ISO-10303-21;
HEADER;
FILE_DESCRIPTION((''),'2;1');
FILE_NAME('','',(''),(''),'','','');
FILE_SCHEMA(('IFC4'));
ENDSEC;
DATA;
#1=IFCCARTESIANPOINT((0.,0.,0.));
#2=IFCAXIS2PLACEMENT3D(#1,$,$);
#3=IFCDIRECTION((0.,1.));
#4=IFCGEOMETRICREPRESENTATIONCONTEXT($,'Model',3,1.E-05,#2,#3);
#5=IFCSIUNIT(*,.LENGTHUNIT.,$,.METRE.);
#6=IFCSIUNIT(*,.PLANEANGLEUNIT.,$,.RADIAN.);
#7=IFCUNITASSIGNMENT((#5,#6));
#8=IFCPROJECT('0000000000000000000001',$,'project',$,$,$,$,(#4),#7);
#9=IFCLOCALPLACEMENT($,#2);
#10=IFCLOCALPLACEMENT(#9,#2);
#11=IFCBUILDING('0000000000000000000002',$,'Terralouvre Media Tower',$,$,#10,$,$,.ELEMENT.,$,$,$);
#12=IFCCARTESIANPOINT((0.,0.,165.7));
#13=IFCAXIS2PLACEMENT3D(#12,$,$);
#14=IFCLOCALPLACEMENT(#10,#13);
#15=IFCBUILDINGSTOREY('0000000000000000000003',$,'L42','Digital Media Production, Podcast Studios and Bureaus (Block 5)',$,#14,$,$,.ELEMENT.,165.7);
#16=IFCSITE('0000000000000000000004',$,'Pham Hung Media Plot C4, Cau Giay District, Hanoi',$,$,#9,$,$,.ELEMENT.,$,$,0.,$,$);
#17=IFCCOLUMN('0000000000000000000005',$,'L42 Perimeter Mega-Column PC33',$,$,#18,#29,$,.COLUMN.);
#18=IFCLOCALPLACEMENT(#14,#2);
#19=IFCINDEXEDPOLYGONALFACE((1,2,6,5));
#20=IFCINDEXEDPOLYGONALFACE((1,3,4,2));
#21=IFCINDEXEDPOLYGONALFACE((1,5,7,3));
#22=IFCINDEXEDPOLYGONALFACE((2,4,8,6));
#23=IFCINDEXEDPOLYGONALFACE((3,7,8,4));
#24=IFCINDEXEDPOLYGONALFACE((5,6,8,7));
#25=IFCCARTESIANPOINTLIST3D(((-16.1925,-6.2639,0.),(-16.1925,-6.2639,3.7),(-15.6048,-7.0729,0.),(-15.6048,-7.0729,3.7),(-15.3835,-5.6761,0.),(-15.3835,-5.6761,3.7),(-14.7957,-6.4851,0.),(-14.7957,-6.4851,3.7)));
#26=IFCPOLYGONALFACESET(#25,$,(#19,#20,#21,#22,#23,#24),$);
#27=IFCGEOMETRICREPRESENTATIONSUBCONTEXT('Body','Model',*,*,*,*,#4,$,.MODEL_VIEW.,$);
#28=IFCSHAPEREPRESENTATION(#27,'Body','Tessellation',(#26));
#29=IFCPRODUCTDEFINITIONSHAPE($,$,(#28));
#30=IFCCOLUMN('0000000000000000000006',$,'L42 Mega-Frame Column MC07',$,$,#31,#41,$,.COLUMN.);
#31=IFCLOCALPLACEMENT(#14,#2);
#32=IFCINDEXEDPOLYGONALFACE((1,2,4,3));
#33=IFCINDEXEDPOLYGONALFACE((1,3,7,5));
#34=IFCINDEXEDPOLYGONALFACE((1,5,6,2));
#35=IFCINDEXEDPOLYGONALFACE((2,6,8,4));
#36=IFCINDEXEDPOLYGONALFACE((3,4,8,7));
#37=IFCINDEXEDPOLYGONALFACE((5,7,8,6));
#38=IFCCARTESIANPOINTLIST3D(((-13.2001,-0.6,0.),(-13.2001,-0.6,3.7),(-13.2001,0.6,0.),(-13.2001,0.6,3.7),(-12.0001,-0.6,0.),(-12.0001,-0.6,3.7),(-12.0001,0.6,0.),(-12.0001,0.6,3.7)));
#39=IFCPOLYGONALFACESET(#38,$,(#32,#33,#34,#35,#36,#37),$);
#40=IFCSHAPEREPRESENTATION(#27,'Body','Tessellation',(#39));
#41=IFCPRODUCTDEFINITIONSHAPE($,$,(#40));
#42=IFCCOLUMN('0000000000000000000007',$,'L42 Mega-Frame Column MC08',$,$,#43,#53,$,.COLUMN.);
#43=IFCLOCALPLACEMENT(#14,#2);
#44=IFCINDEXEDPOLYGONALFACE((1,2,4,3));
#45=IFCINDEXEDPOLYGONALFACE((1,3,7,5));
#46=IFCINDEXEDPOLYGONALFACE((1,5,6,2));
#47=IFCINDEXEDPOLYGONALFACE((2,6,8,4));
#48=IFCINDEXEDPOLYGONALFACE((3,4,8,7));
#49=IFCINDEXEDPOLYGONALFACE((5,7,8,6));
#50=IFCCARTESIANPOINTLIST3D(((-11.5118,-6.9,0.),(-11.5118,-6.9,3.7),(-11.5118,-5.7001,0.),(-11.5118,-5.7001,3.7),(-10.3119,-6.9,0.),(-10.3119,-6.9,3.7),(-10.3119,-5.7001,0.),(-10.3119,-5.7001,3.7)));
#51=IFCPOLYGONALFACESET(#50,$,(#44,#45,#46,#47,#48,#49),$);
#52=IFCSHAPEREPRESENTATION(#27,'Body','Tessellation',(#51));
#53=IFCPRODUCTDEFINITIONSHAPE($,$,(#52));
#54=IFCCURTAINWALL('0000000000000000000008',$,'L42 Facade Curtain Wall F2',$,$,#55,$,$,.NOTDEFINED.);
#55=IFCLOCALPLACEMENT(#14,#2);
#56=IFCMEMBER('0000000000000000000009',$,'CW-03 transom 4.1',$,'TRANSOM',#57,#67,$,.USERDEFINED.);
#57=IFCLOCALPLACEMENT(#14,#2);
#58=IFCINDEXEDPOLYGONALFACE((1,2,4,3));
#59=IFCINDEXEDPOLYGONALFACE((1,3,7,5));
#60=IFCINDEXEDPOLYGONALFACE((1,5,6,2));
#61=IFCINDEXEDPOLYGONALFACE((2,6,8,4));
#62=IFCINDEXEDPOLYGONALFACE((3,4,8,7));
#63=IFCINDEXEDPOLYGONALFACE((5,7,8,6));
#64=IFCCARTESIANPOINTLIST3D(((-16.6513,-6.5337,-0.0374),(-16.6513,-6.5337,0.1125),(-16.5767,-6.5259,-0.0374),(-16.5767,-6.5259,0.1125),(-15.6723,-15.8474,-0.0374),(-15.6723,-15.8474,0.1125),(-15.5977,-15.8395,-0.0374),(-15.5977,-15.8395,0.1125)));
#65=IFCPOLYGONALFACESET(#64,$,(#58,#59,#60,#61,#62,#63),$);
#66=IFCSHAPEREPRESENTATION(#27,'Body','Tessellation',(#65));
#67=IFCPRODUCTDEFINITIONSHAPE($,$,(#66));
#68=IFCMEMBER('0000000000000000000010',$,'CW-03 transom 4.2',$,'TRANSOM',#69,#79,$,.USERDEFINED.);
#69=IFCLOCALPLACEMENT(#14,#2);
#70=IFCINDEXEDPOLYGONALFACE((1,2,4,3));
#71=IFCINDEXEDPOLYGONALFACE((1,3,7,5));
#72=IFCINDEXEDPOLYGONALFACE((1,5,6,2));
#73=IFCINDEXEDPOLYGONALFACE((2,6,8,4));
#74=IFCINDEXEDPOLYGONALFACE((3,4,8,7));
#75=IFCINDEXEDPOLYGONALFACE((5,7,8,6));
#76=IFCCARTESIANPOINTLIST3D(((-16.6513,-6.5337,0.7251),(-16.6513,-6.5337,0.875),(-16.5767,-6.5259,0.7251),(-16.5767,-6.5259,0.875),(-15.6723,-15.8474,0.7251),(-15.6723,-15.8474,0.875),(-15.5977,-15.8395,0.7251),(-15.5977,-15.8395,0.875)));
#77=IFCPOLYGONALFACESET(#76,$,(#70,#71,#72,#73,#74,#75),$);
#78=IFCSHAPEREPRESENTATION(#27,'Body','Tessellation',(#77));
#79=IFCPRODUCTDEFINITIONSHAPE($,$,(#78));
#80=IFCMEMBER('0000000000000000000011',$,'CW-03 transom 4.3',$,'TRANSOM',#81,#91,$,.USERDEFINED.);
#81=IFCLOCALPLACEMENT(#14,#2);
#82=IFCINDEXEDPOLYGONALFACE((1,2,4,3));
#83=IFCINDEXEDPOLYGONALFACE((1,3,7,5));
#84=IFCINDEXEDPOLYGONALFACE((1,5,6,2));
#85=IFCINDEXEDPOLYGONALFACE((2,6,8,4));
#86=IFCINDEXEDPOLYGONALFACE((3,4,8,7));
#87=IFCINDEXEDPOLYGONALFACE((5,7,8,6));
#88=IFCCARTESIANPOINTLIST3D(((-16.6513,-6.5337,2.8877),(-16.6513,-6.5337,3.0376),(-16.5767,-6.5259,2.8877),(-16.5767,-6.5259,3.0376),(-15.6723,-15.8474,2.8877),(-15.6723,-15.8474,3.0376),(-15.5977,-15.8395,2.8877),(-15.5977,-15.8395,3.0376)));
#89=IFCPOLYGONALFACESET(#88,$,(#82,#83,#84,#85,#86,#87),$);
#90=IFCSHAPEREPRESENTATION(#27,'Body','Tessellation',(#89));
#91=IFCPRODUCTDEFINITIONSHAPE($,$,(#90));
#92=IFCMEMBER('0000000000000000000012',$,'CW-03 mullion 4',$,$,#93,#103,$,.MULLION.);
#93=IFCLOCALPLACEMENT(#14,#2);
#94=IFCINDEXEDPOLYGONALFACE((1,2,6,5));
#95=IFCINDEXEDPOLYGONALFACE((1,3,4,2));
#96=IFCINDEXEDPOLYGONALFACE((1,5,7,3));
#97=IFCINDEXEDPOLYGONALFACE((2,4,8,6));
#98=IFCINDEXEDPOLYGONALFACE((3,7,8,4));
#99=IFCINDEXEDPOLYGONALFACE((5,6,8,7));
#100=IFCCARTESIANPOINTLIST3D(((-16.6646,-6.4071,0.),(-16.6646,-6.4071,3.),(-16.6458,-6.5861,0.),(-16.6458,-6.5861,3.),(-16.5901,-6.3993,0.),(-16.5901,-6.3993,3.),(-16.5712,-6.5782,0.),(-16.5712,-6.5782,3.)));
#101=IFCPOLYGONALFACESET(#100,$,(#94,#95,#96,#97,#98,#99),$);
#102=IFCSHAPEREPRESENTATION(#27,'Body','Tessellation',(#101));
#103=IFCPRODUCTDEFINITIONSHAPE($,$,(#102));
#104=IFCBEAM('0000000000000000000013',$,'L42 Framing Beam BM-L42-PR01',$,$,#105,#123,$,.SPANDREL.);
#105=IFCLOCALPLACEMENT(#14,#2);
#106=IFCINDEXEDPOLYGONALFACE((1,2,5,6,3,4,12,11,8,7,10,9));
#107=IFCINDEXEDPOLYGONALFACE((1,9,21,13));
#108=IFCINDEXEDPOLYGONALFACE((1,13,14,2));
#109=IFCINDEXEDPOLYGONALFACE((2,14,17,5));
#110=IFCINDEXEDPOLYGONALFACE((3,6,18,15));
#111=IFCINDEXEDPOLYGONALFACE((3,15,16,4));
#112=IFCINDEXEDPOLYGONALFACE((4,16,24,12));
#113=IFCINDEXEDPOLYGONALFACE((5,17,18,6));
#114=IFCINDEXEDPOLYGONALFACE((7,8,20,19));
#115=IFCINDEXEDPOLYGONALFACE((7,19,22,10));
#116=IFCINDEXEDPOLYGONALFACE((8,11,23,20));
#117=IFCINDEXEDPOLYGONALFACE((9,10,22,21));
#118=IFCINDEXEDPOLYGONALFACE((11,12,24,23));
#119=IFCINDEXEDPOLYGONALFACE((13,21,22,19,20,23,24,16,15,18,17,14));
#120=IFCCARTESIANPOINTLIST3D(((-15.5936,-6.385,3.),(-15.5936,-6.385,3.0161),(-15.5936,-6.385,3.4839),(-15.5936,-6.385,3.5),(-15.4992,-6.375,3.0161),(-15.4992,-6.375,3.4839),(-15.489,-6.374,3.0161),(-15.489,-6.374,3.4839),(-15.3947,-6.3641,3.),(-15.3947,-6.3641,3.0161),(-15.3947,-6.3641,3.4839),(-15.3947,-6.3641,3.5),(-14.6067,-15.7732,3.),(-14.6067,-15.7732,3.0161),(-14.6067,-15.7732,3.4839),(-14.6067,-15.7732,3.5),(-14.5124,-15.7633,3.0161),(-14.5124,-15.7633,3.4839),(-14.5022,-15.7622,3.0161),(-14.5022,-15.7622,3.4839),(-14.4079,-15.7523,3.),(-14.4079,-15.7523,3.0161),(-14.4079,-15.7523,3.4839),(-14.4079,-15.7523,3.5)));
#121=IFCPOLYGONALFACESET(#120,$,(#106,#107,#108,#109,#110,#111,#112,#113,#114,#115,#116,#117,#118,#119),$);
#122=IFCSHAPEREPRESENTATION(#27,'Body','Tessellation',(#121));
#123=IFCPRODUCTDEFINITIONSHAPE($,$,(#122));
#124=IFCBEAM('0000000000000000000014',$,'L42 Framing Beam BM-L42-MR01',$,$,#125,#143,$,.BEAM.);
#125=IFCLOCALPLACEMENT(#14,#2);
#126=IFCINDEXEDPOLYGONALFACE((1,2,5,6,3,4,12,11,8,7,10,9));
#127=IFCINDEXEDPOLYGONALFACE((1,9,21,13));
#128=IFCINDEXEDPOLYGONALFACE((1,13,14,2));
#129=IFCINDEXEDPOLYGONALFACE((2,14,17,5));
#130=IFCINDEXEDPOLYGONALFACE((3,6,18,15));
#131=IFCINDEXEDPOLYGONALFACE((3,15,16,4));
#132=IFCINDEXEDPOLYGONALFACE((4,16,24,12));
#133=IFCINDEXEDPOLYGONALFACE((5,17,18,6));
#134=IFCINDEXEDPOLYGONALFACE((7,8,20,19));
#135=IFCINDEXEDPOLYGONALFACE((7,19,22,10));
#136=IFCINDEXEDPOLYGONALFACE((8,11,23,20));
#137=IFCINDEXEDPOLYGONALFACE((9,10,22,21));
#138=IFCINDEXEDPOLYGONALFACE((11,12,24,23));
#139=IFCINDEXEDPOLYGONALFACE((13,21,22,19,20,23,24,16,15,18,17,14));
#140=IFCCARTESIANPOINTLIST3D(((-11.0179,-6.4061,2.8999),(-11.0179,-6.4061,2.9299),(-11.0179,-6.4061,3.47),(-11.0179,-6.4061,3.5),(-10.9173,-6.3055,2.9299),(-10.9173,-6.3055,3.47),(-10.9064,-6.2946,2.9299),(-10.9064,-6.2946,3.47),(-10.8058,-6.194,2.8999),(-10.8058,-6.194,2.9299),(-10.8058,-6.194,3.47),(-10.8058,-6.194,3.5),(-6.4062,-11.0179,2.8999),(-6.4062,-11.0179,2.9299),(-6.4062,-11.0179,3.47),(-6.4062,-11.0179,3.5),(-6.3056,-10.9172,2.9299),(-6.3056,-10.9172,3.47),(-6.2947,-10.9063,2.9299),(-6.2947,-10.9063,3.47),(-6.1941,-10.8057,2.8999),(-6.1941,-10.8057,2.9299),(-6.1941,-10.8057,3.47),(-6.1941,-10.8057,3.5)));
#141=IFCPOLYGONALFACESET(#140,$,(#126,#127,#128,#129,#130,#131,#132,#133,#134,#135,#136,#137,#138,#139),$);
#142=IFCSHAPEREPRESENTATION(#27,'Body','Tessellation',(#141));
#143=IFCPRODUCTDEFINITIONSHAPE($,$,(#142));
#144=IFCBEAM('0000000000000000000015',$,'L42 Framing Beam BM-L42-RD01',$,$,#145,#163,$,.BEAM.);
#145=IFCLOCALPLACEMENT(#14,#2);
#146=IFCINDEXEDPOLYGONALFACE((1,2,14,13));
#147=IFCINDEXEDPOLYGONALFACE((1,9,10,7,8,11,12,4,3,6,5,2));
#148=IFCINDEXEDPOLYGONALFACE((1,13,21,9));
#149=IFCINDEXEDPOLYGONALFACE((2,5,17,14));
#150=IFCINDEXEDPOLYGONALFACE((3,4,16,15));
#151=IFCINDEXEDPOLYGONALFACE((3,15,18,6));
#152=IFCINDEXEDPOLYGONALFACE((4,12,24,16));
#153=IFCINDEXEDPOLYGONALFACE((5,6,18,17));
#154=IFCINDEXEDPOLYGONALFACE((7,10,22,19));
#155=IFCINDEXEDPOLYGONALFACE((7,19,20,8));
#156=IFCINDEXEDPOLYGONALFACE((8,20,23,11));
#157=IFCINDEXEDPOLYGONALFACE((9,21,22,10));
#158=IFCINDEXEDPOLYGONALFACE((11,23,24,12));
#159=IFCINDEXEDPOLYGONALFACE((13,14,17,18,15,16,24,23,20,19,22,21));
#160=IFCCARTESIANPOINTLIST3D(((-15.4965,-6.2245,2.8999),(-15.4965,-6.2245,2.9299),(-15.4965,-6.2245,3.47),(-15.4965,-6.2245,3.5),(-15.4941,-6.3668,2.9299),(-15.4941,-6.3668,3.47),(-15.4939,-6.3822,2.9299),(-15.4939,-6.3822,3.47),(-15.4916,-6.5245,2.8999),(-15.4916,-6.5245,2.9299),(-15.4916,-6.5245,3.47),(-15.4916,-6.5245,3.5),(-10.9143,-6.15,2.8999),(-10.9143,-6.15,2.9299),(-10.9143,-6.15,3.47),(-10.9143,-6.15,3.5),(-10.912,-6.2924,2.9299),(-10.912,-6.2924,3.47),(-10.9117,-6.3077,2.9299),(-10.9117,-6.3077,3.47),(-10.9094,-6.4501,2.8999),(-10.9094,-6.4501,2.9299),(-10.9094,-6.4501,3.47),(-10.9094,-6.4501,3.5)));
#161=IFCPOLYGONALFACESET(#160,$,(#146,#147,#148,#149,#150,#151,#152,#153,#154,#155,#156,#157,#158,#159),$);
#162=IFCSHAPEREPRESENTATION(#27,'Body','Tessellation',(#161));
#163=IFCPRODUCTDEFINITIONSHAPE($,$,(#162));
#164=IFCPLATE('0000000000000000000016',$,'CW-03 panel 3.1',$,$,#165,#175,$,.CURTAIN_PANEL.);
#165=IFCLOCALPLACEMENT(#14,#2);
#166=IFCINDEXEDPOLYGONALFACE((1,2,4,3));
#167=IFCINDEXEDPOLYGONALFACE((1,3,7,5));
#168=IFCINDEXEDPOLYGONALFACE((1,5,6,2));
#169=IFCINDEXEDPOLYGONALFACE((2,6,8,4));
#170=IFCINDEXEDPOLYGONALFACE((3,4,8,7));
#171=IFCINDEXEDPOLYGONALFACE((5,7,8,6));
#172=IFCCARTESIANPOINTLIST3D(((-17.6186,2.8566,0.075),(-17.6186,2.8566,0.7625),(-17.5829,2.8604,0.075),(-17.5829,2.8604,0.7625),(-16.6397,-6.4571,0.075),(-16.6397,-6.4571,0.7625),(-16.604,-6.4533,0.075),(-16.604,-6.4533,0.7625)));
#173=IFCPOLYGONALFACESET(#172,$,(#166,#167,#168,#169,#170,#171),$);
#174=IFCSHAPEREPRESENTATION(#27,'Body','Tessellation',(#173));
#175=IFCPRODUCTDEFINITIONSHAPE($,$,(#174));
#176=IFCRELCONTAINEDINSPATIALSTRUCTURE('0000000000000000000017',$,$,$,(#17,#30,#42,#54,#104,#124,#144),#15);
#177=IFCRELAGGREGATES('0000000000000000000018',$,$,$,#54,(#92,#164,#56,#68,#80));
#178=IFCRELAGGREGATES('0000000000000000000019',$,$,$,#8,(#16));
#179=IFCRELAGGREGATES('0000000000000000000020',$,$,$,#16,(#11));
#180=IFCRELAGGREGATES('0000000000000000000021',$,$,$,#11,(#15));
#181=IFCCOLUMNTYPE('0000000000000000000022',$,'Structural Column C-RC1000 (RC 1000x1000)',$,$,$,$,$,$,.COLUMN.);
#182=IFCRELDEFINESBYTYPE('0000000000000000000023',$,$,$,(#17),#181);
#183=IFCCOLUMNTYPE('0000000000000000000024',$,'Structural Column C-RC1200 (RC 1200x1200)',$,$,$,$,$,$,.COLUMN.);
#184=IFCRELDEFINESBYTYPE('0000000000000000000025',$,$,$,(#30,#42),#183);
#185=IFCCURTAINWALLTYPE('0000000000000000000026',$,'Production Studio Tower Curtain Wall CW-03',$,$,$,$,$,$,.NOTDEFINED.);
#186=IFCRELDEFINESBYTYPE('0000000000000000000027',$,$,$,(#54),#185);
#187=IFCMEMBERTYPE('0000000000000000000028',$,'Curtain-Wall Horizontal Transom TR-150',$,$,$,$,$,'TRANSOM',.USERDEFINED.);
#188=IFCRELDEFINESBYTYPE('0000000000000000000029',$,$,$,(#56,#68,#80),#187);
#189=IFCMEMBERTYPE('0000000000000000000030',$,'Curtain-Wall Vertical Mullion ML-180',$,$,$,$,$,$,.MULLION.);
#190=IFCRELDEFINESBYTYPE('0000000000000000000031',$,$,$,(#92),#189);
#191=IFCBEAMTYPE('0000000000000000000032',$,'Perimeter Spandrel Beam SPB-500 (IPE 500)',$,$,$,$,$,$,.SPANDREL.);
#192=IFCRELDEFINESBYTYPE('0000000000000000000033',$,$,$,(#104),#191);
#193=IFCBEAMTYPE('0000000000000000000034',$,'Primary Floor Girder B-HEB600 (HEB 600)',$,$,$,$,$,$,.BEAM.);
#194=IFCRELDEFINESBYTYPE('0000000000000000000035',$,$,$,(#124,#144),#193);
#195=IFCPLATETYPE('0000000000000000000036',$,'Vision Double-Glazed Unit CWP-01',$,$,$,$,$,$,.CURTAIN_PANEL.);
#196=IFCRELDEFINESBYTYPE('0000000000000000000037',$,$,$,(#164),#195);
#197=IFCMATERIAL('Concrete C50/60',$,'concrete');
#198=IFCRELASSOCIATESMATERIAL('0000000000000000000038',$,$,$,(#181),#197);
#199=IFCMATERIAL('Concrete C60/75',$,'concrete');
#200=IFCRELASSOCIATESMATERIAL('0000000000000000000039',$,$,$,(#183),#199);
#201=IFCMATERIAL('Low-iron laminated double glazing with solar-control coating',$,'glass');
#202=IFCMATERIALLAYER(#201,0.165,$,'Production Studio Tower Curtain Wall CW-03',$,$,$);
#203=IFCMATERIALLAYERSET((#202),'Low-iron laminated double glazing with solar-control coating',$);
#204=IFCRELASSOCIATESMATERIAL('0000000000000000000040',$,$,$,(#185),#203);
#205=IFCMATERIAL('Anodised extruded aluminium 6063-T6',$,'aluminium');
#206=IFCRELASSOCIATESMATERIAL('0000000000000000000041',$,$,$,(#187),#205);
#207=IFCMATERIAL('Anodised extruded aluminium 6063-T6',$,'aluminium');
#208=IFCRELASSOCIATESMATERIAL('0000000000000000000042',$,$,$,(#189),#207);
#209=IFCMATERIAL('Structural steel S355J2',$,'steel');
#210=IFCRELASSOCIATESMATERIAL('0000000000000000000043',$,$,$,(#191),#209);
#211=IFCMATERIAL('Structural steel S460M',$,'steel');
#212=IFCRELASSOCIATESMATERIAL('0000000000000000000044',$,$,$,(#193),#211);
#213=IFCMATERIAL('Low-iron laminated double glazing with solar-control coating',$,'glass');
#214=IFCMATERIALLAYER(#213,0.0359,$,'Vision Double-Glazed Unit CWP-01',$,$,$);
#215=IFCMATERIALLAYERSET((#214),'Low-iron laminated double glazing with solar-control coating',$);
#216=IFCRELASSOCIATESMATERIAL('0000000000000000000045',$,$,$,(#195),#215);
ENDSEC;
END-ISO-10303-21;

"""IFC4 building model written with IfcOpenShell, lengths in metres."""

from ifc_helpers import new_model, si_unit, direction, frame, origin, origin_2d, place, context, subcontext, project, spatial, rectangle, i_section, extrude, material, layer, layer_set, material_profile, profile_set, type_object, element, aggregate, save


model = new_model("IFC4")

# Units and contexts
model_context = context("Model", 3, precision=1e-05, world=origin(), true_north=direction((0.0, 1.0)))
body_context = subcontext(model_context, "Body", "Model", "MODEL_VIEW")
ifc_project = project(units=[si_unit("LENGTHUNIT", "METRE"), si_unit("PLANEANGLEUNIT", "RADIAN")], contexts=[model_context])

# Site, building, storey
site_placement = place(None, origin())
site = spatial("IfcSite", under=ifc_project, at=site_placement, Name="Pham Hung Media Plot C4, Cau Giay District, Hanoi", CompositionType="ELEMENT", RefElevation=0.0)
building_placement = place(site_placement, origin())
building = spatial("IfcBuilding", under=site, at=building_placement, Name="Terralouvre Media Tower", CompositionType="ELEMENT")
storey_placement = place(building_placement, frame((0.0, 0.0, 165.7)))
storey = spatial("IfcBuildingStorey", under=building, at=storey_placement, Name="L42", Description="Digital Media Production, Podcast Studios and Bureaus (Block 5)", CompositionType="ELEMENT", Elevation=165.7)

# Columns
ifc_material_1 = material(Name="Concrete C50/60", Category="concrete")
ifc_material_profile_1 = material_profile(ifc_material_1, rectangle(XDim=1.0, YDim=1.0, at=origin_2d()), Name="RC 1000x1000")
ifc_profile_set_1 = profile_set([ifc_material_profile_1], Name="Concrete C50/60")
column_type_1 = type_object("IfcColumnType", Name="Structural Column C-RC1000 (RC 1000x1000)", PredefinedType="COLUMN", material=ifc_profile_set_1)
column_placement = place(storey_placement, frame((-15.4941, -6.3745, 0.0), z_axis=(0.0, 0.0, 1.0), x_axis=(0.809017, 0.587785, 0.0)))
element("IfcColumn", 1, at=column_placement, inside=storey, type_object=column_type_1, Name="L42 Perimeter Mega-Column PC33", PredefinedType="COLUMN", context=body_context, shape_type="SweptSolid", body=[
    extrude(rectangle(XDim=1.0, YDim=1.0, at=origin_2d()), origin(), (0.0, 0.0, 1.0), 3.7),
])
ifc_material_2 = material(Name="Concrete C60/75", Category="concrete")
ifc_material_profile_2 = material_profile(ifc_material_2, rectangle(XDim=1.2, YDim=1.2, at=origin_2d()), Name="RC 1200x1200")
ifc_profile_set_2 = profile_set([ifc_material_profile_2], Name="Concrete C60/75")
column_type_2 = type_object("IfcColumnType", Name="Structural Column C-RC1200 (RC 1200x1200)", PredefinedType="COLUMN", material=ifc_profile_set_2)
for number, where, z_axis, x_axis, name in (
    (2, (-12.6001, 0.0, 0.0), (0.0, 0.0, 1.0), (1.0, 0.0, 0.0), "L42 Mega-Frame Column MC07"),
    (3, (-10.9119, -6.3, 0.0), (0.0, 0.0, 1.0), (1.0, 0.0, 0.0), "L42 Mega-Frame Column MC08"),
):
    element("IfcColumn", number, at=place(storey_placement, frame(where, z_axis=z_axis, x_axis=x_axis)), inside=storey, type_object=column_type_2, Name=name, PredefinedType="COLUMN", context=body_context, shape_type="SweptSolid", body=[
        extrude(rectangle(XDim=1.2, YDim=1.2, at=origin_2d()), origin(), (0.0, 0.0, 1.0), 3.7),
    ])

# Curtain wall, members
ifc_material_3 = material(Name="Low-iron laminated double glazing with solar-control coating", Category="glass")
ifc_layer_1 = layer(ifc_material_3, 0.165, Name="Production Studio Tower Curtain Wall CW-03")
ifc_layer_set_1 = layer_set([ifc_layer_1], Name="Low-iron laminated double glazing with solar-control coating")
curtain_wall_type = type_object("IfcCurtainWallType", Name="Production Studio Tower Curtain Wall CW-03", PredefinedType="NOTDEFINED", material=ifc_layer_set_1)
curtain_wall_placement = place(storey_placement, origin())
curtain_wall = element("IfcCurtainWall", 4, at=curtain_wall_placement, inside=storey, type_object=curtain_wall_type, Name="L42 Facade Curtain Wall F2", PredefinedType="NOTDEFINED")
ifc_material_4 = material(Name="Anodised extruded aluminium 6063-T6", Category="aluminium")
ifc_material_profile_3 = material_profile(ifc_material_4, rectangle(XDim=0.075, YDim=0.1499, at=origin_2d()), Name="ALU 75x150")
ifc_profile_set_3 = profile_set([ifc_material_profile_3], Name="Anodised extruded aluminium 6063-T6")
member_type_1 = type_object("IfcMemberType", Name="Curtain-Wall Horizontal Transom TR-150", ElementType="TRANSOM", PredefinedType="USERDEFINED", material=ifc_profile_set_3)
member_1_placement = place(storey_placement, frame((-16.614, -6.5298, 0.0376), z_axis=(0.104538, -0.994521, 0.0), x_axis=(0.994521, 0.104538, 0.0)))
member_1 = element("IfcMember", 5, at=member_1_placement, type_object=member_type_1, Name="CW-03 transom 4.1", ObjectType="TRANSOM", PredefinedType="USERDEFINED", context=body_context, shape_type="SweptSolid", body=[
    extrude(rectangle(XDim=0.075, YDim=0.1499, at=origin_2d()), origin(), (0.0, 0.0, 1.0), 9.365),
])
member_2_placement = place(storey_placement, frame((-16.614, -6.5298, 0.8), z_axis=(0.104538, -0.994521, 0.0), x_axis=(0.994521, 0.104538, 0.0)))
member_2 = element("IfcMember", 6, at=member_2_placement, type_object=member_type_1, Name="CW-03 transom 4.2", ObjectType="TRANSOM", PredefinedType="USERDEFINED", context=body_context, shape_type="SweptSolid", body=[
    extrude(rectangle(XDim=0.075, YDim=0.1499, at=origin_2d()), origin(), (0.0, 0.0, 1.0), 9.365),
])
member_3_placement = place(storey_placement, frame((-16.614, -6.5298, 2.9626), z_axis=(0.104538, -0.994521, 0.0), x_axis=(0.994521, 0.104538, 0.0)))
member_3 = element("IfcMember", 7, at=member_3_placement, type_object=member_type_1, Name="CW-03 transom 4.3", ObjectType="TRANSOM", PredefinedType="USERDEFINED", context=body_context, shape_type="SweptSolid", body=[
    extrude(rectangle(XDim=0.075, YDim=0.1499, at=origin_2d()), origin(), (0.0, 0.0, 1.0), 9.365),
])
ifc_material_5 = material(Name="Anodised extruded aluminium 6063-T6", Category="aluminium")
ifc_material_profile_4 = material_profile(ifc_material_5, rectangle(XDim=0.075, YDim=0.1799, at=origin_2d()), Name="ALU 75x180")
ifc_profile_set_4 = profile_set([ifc_material_profile_4], Name="Anodised extruded aluminium 6063-T6")
member_type_2 = type_object("IfcMemberType", Name="Curtain-Wall Vertical Mullion ML-180", PredefinedType="MULLION", material=ifc_profile_set_4)
member_4_placement = place(storey_placement, frame((-16.6179, -6.4927, 0.0), z_axis=(0.0, 0.0, 1.0), x_axis=(0.994522, 0.104528, 0.0)))
member_4 = element("IfcMember", 8, at=member_4_placement, type_object=member_type_2, Name="CW-03 mullion 4", PredefinedType="MULLION", context=body_context, shape_type="SweptSolid", body=[
    extrude(rectangle(XDim=0.075, YDim=0.1799, at=origin_2d()), origin(), (0.0, 0.0, 1.0), 3.0),
])

# Beams
ifc_material_6 = material(Name="Structural steel S355J2", Category="steel")
ifc_material_profile_5 = material_profile(ifc_material_6, i_section(OverallWidth=0.2, OverallDepth=0.5, WebThickness=0.0103, FlangeThickness=0.0161, at=origin_2d()), Name="IPE 500")
ifc_profile_set_5 = profile_set([ifc_material_profile_5], Name="Structural steel S355J2")
beam_type_1 = type_object("IfcBeamType", Name="Perimeter Spandrel Beam SPB-500 (IPE 500)", PredefinedType="SPANDREL", material=ifc_profile_set_5)
beam_1_placement = place(storey_placement, frame((-15.4941, -6.3745, 3.25), z_axis=(0.104537, -0.994521, 0.0), x_axis=(0.994521, 0.104537, 0.0)))
element("IfcBeam", 9, at=beam_1_placement, inside=storey, type_object=beam_type_1, Name="L42 Framing Beam BM-L42-PR01", PredefinedType="SPANDREL", context=body_context, shape_type="SweptSolid", body=[
    extrude(i_section(OverallWidth=0.2, OverallDepth=0.5, WebThickness=0.0103, FlangeThickness=0.0161, at=origin_2d()), origin(), (0.0, 0.0, 1.0), 9.4399),
])
ifc_material_7 = material(Name="Structural steel S460M", Category="steel")
ifc_material_profile_6 = material_profile(ifc_material_7, i_section(OverallWidth=0.3, OverallDepth=0.6001, WebThickness=0.0154, FlangeThickness=0.03, at=origin_2d()), Name="HEB 600")
ifc_profile_set_6 = profile_set([ifc_material_profile_6], Name="Structural steel S460M")
beam_type_2 = type_object("IfcBeamType", Name="Primary Floor Girder B-HEB600 (HEB 600)", PredefinedType="BEAM", material=ifc_profile_set_6)
beam_2_placement = place(storey_placement, frame((-10.9119, -6.3, 3.2), z_axis=(0.707107, -0.707107, 0.0), x_axis=(0.707107, 0.707107, 0.0)))
element("IfcBeam", 10, at=beam_2_placement, inside=storey, type_object=beam_type_2, Name="L42 Framing Beam BM-L42-MR01", PredefinedType="BEAM", context=body_context, shape_type="SweptSolid", body=[
    extrude(i_section(OverallWidth=0.3, OverallDepth=0.6001, WebThickness=0.0154, FlangeThickness=0.03, at=origin_2d()), origin(), (0.0, 0.0, 1.0), 6.522),
])
beam_3_placement = place(storey_placement, frame((-10.9119, -6.3, 3.2), z_axis=(-0.999868, -0.016248, 0.0), x_axis=(0.016248, -0.999868, 0.0)))
element("IfcBeam", 11, at=beam_3_placement, inside=storey, type_object=beam_type_2, Name="L42 Framing Beam BM-L42-RD01", PredefinedType="BEAM", context=body_context, shape_type="SweptSolid", body=[
    extrude(i_section(OverallWidth=0.3, OverallDepth=0.6001, WebThickness=0.0154, FlangeThickness=0.03, at=origin_2d()), origin(), (0.0, 0.0, 1.0), 4.5828),
])

# Plate
ifc_material_8 = material(Name="Low-iron laminated double glazing with solar-control coating", Category="glass")
ifc_layer_2 = layer(ifc_material_8, 0.0359, Name="Vision Double-Glazed Unit CWP-01")
ifc_layer_set_2 = layer_set([ifc_layer_2], Name="Low-iron laminated double glazing with solar-control coating")
plate_type = type_object("IfcPlateType", Name="Vision Double-Glazed Unit CWP-01", PredefinedType="CURTAIN_PANEL", material=ifc_layer_set_2)
plate_1_placement = place(storey_placement, frame((-17.1113, -1.7983, 0.075), z_axis=(0.0, 0.0, 1.0), x_axis=(0.104528, -0.994522, 0.0)))
plate_1 = element("IfcPlate", 12, at=plate_1_placement, type_object=plate_type, Name="CW-03 panel 3.1", PredefinedType="CURTAIN_PANEL", context=body_context, shape_type="SweptSolid", body=[
    extrude(rectangle(XDim=9.365, YDim=0.0359, at=origin_2d()), origin(), (0.0, 0.0, 1.0), 0.6875),
])
aggregate(curtain_wall, [member_4, plate_1, member_1, member_2, member_3])

save(model, "model.ifc")
